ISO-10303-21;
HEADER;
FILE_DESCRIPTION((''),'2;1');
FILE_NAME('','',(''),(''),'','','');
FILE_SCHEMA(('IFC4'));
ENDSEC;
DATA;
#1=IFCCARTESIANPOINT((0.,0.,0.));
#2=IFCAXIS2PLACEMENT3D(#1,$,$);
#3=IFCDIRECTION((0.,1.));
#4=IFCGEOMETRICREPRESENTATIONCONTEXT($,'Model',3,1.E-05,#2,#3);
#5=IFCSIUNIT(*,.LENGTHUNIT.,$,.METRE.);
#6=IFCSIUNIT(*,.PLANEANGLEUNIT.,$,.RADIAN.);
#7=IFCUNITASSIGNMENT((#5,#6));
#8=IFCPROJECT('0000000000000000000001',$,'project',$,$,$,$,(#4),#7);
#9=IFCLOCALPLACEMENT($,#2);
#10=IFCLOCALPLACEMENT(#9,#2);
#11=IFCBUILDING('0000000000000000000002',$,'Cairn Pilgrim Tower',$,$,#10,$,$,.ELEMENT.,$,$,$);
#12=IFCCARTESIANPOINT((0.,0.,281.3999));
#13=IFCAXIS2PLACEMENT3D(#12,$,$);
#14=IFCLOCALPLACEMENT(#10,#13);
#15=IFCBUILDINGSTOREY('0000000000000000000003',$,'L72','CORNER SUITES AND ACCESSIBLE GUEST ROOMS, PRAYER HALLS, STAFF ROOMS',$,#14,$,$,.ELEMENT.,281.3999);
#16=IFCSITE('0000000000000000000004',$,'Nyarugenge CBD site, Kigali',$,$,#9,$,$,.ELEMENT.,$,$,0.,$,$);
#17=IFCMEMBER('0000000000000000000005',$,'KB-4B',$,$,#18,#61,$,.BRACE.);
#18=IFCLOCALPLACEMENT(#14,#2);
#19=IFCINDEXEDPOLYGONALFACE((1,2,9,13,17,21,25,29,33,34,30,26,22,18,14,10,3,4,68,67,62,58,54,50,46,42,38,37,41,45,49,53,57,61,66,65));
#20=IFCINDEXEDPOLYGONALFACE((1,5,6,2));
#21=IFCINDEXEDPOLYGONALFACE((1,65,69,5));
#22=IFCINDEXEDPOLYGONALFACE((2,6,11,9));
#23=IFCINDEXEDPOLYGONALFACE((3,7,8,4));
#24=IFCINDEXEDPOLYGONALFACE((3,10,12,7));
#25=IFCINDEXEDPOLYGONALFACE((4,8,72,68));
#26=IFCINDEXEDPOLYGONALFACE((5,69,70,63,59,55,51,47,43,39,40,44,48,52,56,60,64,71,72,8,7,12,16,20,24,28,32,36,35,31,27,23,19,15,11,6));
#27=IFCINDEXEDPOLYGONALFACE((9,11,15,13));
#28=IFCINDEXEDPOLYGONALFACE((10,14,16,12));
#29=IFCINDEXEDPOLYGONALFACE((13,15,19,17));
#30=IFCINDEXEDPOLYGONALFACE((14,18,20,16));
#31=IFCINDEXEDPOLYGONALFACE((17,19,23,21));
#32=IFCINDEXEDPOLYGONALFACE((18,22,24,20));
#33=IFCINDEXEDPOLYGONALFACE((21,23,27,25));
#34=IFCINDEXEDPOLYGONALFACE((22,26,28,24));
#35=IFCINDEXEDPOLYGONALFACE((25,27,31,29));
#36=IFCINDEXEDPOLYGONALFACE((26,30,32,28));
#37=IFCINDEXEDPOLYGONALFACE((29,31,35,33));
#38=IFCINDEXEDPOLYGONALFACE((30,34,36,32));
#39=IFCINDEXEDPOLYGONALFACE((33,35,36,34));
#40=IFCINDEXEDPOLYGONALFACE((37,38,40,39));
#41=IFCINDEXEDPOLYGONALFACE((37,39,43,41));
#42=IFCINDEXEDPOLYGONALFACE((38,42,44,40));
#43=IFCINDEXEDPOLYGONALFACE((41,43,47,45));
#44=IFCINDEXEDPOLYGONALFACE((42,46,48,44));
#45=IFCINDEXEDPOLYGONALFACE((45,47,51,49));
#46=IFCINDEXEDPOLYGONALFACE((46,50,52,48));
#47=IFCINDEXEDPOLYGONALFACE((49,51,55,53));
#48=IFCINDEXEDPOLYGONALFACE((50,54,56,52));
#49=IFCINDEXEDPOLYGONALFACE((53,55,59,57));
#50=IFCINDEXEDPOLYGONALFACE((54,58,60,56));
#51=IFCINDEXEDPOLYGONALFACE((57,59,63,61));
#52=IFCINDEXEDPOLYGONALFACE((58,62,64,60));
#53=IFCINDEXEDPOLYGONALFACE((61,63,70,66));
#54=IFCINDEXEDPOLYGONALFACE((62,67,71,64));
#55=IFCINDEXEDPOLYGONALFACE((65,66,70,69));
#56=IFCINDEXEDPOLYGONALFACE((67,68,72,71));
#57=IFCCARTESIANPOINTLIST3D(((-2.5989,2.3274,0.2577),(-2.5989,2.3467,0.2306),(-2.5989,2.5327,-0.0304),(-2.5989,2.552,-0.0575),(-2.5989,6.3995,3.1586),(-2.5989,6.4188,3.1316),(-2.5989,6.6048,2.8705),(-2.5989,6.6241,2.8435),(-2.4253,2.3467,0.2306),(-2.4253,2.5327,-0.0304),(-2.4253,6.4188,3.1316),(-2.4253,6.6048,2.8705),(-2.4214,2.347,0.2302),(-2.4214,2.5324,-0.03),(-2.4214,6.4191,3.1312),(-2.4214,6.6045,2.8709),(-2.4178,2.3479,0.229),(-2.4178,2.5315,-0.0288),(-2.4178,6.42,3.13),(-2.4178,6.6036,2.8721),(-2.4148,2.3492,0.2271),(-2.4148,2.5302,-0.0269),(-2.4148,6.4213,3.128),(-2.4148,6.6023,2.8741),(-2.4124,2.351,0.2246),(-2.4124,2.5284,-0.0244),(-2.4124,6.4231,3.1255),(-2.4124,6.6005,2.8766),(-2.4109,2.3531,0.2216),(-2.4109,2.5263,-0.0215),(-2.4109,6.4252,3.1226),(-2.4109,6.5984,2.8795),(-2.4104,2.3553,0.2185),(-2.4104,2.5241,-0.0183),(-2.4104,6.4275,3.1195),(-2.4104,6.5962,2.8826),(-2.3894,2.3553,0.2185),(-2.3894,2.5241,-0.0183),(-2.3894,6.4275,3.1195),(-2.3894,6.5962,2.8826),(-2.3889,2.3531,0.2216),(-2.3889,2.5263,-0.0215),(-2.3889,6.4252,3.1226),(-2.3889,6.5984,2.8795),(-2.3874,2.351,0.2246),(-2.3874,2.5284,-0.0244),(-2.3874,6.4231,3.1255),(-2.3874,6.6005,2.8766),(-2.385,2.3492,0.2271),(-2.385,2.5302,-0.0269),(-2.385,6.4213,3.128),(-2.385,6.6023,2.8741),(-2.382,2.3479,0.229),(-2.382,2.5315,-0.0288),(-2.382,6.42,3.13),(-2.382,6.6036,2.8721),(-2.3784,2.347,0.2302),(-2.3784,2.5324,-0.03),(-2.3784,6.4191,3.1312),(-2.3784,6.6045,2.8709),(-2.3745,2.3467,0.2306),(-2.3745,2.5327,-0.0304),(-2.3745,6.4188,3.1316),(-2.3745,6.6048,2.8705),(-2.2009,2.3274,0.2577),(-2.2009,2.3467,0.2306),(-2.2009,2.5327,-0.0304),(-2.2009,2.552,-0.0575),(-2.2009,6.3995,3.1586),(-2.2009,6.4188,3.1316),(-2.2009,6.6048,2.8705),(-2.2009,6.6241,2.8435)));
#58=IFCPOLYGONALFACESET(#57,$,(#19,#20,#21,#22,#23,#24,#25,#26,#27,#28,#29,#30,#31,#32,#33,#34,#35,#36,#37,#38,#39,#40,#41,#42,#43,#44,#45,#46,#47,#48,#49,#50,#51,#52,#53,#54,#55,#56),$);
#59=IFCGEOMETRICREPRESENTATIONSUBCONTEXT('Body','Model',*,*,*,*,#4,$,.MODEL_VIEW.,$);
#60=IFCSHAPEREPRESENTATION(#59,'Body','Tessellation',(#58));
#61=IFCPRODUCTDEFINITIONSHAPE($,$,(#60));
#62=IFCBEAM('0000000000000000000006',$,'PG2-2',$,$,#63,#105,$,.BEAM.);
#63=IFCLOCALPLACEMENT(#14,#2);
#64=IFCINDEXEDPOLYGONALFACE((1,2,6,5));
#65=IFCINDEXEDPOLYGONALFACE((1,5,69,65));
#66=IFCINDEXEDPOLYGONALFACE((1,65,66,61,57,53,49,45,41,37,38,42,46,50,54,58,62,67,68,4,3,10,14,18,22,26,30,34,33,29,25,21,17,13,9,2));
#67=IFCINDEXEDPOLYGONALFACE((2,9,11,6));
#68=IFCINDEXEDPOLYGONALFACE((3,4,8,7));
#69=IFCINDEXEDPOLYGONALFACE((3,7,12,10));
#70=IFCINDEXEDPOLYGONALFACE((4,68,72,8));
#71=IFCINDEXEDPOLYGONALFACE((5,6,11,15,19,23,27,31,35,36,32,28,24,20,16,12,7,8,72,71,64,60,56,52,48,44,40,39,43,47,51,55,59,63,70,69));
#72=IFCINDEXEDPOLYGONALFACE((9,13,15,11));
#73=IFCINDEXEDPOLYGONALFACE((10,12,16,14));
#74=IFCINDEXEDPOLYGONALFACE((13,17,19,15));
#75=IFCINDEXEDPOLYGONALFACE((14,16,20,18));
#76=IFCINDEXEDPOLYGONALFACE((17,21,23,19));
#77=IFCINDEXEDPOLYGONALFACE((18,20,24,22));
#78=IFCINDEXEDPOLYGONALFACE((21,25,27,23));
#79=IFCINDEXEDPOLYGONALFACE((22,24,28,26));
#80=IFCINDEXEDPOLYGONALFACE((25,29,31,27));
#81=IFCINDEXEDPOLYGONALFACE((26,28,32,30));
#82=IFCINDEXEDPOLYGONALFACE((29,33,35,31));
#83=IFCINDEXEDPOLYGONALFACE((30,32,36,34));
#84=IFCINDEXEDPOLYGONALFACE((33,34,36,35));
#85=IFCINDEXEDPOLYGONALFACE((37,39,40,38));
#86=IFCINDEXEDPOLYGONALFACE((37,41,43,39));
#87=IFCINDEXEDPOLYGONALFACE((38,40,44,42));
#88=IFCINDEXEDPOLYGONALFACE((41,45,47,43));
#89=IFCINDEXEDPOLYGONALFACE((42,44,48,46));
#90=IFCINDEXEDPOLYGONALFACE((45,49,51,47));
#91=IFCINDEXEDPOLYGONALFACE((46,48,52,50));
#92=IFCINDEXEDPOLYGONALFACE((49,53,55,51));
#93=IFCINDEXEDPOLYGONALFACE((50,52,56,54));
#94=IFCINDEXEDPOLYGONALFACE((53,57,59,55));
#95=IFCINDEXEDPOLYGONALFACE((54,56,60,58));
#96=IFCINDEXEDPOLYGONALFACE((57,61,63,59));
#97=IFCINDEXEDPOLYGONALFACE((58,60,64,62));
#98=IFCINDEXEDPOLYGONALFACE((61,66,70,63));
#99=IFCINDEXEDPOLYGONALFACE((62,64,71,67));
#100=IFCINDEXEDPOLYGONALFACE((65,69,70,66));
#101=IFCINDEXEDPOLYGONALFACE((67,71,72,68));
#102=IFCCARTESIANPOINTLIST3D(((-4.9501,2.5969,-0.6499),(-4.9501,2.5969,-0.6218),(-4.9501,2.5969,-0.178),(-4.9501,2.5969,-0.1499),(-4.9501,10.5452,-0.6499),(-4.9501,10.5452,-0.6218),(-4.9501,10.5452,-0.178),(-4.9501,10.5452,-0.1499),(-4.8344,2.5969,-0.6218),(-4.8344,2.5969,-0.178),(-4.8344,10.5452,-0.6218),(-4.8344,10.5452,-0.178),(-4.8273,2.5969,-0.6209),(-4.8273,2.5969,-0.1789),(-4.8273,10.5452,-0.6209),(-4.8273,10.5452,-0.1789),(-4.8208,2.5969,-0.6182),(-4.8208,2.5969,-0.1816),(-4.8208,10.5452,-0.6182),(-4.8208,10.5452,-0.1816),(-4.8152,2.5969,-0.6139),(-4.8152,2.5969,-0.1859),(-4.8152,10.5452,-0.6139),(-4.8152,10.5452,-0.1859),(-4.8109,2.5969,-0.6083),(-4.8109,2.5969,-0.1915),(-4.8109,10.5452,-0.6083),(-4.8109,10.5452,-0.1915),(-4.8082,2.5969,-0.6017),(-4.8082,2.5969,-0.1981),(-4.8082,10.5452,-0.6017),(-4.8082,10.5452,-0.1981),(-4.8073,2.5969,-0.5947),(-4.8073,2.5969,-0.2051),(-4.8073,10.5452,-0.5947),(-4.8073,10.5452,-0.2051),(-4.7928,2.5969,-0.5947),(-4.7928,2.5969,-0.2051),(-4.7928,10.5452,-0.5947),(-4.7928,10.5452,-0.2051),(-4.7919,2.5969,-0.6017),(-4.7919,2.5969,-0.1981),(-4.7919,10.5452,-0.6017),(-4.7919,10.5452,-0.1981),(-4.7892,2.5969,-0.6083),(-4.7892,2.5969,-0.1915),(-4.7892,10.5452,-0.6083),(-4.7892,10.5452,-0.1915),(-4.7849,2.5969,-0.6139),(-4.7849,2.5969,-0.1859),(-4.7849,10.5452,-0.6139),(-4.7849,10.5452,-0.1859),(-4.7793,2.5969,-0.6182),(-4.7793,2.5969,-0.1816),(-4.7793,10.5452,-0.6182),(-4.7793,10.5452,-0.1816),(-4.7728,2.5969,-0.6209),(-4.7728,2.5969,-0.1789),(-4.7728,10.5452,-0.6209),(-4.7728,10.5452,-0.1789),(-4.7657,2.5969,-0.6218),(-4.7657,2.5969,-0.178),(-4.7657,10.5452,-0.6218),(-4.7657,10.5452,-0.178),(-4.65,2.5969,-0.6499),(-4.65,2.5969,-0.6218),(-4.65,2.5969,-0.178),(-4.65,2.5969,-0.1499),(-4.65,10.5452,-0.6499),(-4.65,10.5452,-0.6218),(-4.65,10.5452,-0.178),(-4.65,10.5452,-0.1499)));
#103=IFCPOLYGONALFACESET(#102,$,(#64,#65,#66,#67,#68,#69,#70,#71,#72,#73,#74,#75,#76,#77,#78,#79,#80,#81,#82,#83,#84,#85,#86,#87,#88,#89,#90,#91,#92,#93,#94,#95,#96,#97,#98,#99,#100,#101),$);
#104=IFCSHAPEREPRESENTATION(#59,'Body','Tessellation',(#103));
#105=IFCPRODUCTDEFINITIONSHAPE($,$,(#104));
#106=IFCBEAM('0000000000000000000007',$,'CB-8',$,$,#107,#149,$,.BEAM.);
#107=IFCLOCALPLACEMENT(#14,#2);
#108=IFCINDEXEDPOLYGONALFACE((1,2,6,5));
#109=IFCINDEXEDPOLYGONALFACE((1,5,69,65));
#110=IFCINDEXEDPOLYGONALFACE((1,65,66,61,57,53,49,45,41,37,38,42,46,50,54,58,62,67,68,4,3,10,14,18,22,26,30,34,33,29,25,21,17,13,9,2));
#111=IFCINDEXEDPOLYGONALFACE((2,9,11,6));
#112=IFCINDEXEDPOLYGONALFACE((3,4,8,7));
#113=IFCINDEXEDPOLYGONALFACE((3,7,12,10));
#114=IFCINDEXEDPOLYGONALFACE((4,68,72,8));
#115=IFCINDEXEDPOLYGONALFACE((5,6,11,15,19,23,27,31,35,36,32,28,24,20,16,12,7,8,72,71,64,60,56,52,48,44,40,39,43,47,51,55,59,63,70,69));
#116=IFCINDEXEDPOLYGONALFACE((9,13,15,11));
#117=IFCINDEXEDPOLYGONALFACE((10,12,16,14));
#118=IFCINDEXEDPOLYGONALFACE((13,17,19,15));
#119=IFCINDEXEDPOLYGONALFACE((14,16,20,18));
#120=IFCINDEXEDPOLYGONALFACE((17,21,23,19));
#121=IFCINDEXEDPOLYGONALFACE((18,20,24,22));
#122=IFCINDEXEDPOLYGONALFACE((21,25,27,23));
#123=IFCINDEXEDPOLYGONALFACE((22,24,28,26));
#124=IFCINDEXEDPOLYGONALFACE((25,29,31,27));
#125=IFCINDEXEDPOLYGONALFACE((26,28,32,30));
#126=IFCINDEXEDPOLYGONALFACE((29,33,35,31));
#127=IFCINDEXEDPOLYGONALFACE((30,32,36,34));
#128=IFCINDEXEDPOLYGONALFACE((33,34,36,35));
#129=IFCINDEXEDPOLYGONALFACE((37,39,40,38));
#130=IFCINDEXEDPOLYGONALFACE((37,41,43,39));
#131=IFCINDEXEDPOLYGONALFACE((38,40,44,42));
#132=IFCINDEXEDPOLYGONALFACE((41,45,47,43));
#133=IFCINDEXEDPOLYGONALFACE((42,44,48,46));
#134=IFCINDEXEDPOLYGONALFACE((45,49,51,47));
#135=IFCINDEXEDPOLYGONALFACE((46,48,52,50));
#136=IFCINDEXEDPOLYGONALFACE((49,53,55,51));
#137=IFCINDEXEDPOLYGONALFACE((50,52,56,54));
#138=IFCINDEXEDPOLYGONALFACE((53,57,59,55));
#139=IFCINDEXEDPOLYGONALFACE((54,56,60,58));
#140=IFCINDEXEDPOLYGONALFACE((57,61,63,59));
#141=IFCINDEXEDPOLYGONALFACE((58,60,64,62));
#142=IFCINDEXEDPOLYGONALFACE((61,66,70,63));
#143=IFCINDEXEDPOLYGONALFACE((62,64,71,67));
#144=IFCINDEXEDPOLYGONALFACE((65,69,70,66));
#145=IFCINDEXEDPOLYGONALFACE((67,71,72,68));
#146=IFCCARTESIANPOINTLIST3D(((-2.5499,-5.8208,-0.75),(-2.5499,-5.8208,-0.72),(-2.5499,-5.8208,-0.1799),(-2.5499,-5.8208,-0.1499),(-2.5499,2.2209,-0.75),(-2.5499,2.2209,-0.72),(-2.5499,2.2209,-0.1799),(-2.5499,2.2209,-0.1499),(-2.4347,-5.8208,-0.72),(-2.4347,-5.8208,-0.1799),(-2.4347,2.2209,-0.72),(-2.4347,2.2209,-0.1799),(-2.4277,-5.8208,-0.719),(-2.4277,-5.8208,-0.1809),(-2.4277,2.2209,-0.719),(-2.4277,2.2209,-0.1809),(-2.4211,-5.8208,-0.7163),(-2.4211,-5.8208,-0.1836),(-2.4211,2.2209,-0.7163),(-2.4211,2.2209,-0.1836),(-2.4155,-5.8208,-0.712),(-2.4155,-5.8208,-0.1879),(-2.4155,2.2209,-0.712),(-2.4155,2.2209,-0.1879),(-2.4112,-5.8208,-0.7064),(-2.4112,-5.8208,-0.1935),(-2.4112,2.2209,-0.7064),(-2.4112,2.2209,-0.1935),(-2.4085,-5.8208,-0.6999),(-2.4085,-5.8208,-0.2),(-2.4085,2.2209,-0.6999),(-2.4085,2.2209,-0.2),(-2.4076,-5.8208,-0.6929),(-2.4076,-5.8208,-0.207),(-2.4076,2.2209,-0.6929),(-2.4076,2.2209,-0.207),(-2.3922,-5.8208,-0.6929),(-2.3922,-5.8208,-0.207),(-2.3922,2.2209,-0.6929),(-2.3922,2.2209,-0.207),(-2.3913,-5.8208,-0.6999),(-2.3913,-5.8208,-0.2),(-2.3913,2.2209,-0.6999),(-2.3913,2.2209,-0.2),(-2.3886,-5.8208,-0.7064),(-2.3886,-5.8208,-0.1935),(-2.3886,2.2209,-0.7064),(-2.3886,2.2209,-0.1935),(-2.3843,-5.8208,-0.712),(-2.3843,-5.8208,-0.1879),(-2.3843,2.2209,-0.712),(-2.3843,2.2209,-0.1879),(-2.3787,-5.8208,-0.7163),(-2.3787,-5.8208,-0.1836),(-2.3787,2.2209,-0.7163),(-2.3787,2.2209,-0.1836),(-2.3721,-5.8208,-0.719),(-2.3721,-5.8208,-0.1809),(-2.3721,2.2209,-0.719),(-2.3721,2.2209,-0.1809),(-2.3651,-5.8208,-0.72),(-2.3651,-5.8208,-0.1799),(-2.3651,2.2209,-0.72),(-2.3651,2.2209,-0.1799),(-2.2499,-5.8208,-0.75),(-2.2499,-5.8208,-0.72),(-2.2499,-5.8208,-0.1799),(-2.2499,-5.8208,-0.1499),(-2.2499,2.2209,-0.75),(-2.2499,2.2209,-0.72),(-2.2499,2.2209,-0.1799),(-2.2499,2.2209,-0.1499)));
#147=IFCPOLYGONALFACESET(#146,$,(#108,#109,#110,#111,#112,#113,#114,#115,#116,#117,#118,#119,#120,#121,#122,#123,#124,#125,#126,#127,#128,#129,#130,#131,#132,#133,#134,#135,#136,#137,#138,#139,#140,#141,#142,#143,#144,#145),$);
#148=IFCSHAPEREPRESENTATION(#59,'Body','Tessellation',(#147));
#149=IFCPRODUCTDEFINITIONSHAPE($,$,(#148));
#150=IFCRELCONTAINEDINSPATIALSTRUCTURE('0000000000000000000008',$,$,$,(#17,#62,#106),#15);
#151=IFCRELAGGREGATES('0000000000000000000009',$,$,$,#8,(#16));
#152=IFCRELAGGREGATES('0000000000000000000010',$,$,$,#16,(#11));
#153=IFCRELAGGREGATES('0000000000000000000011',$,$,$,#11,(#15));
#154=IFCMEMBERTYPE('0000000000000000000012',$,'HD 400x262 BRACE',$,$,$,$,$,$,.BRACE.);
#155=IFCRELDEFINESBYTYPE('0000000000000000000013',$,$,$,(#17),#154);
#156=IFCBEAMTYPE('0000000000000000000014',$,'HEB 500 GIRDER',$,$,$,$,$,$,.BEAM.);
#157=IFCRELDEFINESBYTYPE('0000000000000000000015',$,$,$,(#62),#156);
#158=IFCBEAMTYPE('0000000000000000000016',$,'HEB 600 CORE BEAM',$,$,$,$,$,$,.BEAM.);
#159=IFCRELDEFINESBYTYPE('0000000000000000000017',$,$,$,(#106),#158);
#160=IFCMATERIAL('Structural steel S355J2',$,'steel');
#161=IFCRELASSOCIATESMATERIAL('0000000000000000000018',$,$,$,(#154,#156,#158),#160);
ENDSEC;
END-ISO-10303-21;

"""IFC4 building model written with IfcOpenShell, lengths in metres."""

from ifc_helpers import new_model, si_unit, direction, frame, origin, origin_2d, place, context, subcontext, project, spatial, i_section, extrude, material, material_profile, profile_set, type_object, element, save


model = new_model("IFC4")

# Units and contexts
model_context = context("Model", 3, precision=1e-05, world=origin(), true_north=direction((0.0, 1.0)))
body_context = subcontext(model_context, "Body", "Model", "MODEL_VIEW")
ifc_project = project(units=[si_unit("LENGTHUNIT", "METRE"), si_unit("PLANEANGLEUNIT", "RADIAN")], contexts=[model_context])

# Site, building, storey
site_placement = place(None, origin())
site = spatial("IfcSite", under=ifc_project, at=site_placement, Name="Nyarugenge CBD site, Kigali", CompositionType="ELEMENT", RefElevation=0.0)
building_placement = place(site_placement, origin())
building = spatial("IfcBuilding", under=site, at=building_placement, Name="Cairn Pilgrim Tower", CompositionType="ELEMENT")
storey_placement = place(building_placement, frame((0.0, 0.0, 281.3999)))
storey = spatial("IfcBuildingStorey", under=building, at=storey_placement, Name="L72", Description="CORNER SUITES AND ACCESSIBLE GUEST ROOMS, PRAYER HALLS, STAFF ROOMS", CompositionType="ELEMENT", Elevation=281.3999)

# Shared definitions
ifc_material_1 = material(Name="Structural steel S355J2", Category="steel")

# Member
ifc_material_profile_1 = material_profile(ifc_material_1, i_section(OverallWidth=0.3979, OverallDepth=0.387, WebThickness=0.021, FlangeThickness=0.0332, FilletRadius=0.0149, at=origin_2d()), Name="HD 400x262")
ifc_profile_set_1 = profile_set([ifc_material_profile_1], Name="Structural steel S355J2")
member_type_1 = type_object("IfcMemberType", Name="HD 400x262 BRACE", PredefinedType="BRACE", material=ifc_profile_set_1)
member_1_placement = place(storey_placement, frame((-2.3999, 2.4397, 0.1001), z_axis=(0.0, 0.814462, 0.580217), x_axis=(-1.0, 0.0, 0.0)))
element("IfcMember", 1, at=member_1_placement, inside=storey, type_object=member_type_1, Name="KB-4B", PredefinedType="BRACE", context=body_context, shape_type="SweptSolid", body=[
    extrude(i_section(OverallWidth=0.3979, OverallDepth=0.387, WebThickness=0.021, FlangeThickness=0.0332, FilletRadius=0.0149, at=origin_2d()), origin(), (0.0, 0.0, 1.0), 4.9998),
])

# Beams
ifc_material_profile_2 = material_profile(ifc_material_1, i_section(OverallWidth=0.3, OverallDepth=0.5, WebThickness=0.0144, FlangeThickness=0.0281, FilletRadius=0.0271, at=origin_2d()), Name="HEB 500")
ifc_profile_set_2 = profile_set([ifc_material_profile_2], Name="Structural steel S355J2")
beam_type_1 = type_object("IfcBeamType", Name="HEB 500 GIRDER", PredefinedType="BEAM", material=ifc_profile_set_2)
beam_1_placement = place(storey_placement, frame((-4.8, 2.5969, -0.3999), z_axis=(0.0, 1.0, 0.0), x_axis=(-1.0, 0.0, 0.0)))
element("IfcBeam", 2, at=beam_1_placement, inside=storey, type_object=beam_type_1, Name="PG2-2", PredefinedType="BEAM", context=body_context, shape_type="SweptSolid", body=[
    extrude(i_section(OverallWidth=0.3, OverallDepth=0.5, WebThickness=0.0144, FlangeThickness=0.0281, FilletRadius=0.0271, at=origin_2d()), origin(), (0.0, 0.0, 1.0), 7.9482),
])
ifc_material_profile_3 = material_profile(ifc_material_1, i_section(OverallWidth=0.3, OverallDepth=0.6001, WebThickness=0.0154, FlangeThickness=0.03, FilletRadius=0.0271, at=origin_2d()), Name="HEB 600")
ifc_profile_set_3 = profile_set([ifc_material_profile_3], Name="Structural steel S355J2")
beam_type_2 = type_object("IfcBeamType", Name="HEB 600 CORE BEAM", PredefinedType="BEAM", material=ifc_profile_set_3)
beam_2_placement = place(storey_placement, frame((-2.3999, 2.2209, -0.45), z_axis=(0.0, -1.0, 0.0), x_axis=(1.0, 0.0, 0.0)))
element("IfcBeam", 3, at=beam_2_placement, inside=storey, type_object=beam_type_2, Name="CB-8", PredefinedType="BEAM", context=body_context, shape_type="SweptSolid", body=[
    extrude(i_section(OverallWidth=0.3, OverallDepth=0.6001, WebThickness=0.0154, FlangeThickness=0.03, FilletRadius=0.0271, at=origin_2d()), origin(), (0.0, 0.0, 1.0), 8.0417),
])

save(model, "model.ifc")
